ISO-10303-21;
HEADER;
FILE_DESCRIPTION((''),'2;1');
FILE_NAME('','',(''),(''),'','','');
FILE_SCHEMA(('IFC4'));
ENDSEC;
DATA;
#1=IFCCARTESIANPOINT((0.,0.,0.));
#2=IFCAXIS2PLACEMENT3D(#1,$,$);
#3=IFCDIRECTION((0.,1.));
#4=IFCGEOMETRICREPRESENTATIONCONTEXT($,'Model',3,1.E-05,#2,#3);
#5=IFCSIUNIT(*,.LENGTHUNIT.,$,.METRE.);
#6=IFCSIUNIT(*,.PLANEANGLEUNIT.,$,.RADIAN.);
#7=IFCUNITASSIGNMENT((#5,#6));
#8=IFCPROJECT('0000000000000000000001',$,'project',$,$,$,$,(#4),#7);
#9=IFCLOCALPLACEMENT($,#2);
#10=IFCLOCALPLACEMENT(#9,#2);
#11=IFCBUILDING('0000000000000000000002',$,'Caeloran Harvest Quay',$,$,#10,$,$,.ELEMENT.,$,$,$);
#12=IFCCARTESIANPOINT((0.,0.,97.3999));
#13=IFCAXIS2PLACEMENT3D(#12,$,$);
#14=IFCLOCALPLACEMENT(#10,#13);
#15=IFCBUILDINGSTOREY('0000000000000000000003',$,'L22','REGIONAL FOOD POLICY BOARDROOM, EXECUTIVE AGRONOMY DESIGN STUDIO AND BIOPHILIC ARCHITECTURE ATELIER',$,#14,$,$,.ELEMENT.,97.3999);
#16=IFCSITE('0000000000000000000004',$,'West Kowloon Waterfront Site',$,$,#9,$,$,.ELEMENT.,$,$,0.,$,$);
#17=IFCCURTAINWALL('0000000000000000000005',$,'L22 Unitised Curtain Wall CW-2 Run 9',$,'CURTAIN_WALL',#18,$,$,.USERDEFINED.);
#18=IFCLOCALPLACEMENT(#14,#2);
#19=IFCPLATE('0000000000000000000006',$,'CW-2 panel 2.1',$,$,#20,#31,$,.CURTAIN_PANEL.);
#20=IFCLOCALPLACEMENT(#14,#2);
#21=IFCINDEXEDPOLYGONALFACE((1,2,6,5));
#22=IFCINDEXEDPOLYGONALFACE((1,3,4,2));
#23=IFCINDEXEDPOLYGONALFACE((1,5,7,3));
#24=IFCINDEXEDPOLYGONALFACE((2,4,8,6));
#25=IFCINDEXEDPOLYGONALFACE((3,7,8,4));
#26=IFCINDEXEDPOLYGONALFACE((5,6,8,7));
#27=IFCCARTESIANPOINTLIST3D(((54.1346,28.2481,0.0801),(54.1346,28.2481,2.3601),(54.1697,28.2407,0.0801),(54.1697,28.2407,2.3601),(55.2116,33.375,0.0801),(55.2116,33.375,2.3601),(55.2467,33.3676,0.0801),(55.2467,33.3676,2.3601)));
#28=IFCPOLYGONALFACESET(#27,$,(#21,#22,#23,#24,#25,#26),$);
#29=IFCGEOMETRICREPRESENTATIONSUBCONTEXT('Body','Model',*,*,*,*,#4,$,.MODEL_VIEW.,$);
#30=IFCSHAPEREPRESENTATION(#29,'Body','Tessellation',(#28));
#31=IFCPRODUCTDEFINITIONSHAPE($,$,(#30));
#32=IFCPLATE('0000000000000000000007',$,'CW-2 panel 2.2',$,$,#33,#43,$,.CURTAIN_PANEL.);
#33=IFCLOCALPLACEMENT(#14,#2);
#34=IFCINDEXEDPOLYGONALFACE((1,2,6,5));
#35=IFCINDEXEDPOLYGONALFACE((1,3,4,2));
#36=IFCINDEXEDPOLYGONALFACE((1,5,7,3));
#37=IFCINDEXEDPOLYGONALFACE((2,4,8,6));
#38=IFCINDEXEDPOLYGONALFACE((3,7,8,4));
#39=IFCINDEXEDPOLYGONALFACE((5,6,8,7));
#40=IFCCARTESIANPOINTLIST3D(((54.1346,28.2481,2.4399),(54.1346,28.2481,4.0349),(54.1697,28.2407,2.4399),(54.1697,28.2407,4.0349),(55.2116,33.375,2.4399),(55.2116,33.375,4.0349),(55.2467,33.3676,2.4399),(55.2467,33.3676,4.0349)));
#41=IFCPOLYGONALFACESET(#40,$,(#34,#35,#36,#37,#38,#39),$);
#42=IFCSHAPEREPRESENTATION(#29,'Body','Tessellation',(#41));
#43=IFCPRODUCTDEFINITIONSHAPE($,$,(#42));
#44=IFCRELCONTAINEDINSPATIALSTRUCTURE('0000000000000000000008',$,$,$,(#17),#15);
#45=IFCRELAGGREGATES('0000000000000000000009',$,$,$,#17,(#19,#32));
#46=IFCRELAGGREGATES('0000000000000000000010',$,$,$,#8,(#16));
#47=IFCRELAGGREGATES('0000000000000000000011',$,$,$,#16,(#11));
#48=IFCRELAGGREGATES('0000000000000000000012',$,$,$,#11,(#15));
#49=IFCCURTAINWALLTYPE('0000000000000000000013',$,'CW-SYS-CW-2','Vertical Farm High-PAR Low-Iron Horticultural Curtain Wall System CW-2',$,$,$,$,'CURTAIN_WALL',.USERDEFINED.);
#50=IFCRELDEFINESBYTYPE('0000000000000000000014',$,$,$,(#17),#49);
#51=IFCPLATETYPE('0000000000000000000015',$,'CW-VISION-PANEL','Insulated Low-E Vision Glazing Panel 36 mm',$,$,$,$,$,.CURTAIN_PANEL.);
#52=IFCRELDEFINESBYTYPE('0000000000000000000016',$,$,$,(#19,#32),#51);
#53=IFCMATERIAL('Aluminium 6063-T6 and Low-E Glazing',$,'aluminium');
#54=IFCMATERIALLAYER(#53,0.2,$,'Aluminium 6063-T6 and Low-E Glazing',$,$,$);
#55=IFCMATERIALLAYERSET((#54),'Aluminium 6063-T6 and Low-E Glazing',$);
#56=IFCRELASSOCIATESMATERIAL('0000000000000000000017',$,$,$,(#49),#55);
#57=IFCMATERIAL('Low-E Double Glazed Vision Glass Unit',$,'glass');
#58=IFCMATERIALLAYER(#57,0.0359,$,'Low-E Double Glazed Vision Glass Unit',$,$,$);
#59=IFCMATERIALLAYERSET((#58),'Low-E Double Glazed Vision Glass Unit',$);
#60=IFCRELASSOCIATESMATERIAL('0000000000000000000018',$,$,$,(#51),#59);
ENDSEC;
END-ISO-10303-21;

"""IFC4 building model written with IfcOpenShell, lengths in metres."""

from ifc_helpers import new_model, si_unit, direction, frame, origin, origin_2d, place, context, subcontext, project, spatial, rectangle, extrude, material, layer, layer_set, type_object, element, aggregate, save


model = new_model("IFC4")

# Units and contexts
model_context = context("Model", 3, precision=1e-05, world=origin(), true_north=direction((0.0, 1.0)))
body_context = subcontext(model_context, "Body", "Model", "MODEL_VIEW")
ifc_project = project(units=[si_unit("LENGTHUNIT", "METRE"), si_unit("PLANEANGLEUNIT", "RADIAN")], contexts=[model_context])

# Site, building, storey
site_placement = place(None, origin())
site = spatial("IfcSite", under=ifc_project, at=site_placement, Name="West Kowloon Waterfront Site", CompositionType="ELEMENT", RefElevation=0.0)
building_placement = place(site_placement, origin())
building = spatial("IfcBuilding", under=site, at=building_placement, Name="Caeloran Harvest Quay", CompositionType="ELEMENT")
storey_placement = place(building_placement, frame((0.0, 0.0, 97.3999)))
storey = spatial("IfcBuildingStorey", under=building, at=storey_placement, Name="L22", Description="REGIONAL FOOD POLICY BOARDROOM, EXECUTIVE AGRONOMY DESIGN STUDIO AND BIOPHILIC ARCHITECTURE ATELIER", CompositionType="ELEMENT", Elevation=97.3999)

# Curtain wall, plates
ifc_material_1 = material(Name="Aluminium 6063-T6 and Low-E Glazing", Category="aluminium")
ifc_layer_1 = layer(ifc_material_1, 0.2, Name="Aluminium 6063-T6 and Low-E Glazing")
ifc_layer_set_1 = layer_set([ifc_layer_1], Name="Aluminium 6063-T6 and Low-E Glazing")
curtain_wall_type = type_object("IfcCurtainWallType", Name="CW-SYS-CW-2", Description="Vertical Farm High-PAR Low-Iron Horticultural Curtain Wall System CW-2", ElementType="CURTAIN_WALL", PredefinedType="USERDEFINED", material=ifc_layer_set_1)
curtain_wall_placement = place(storey_placement, origin())
curtain_wall = element("IfcCurtainWall", 1, at=curtain_wall_placement, inside=storey, type_object=curtain_wall_type, Name="L22 Unitised Curtain Wall CW-2 Run 9", ObjectType="CURTAIN_WALL", PredefinedType="USERDEFINED")
ifc_material_2 = material(Name="Low-E Double Glazed Vision Glass Unit", Category="glass")
ifc_layer_2 = layer(ifc_material_2, 0.0359, Name="Low-E Double Glazed Vision Glass Unit")
ifc_layer_set_2 = layer_set([ifc_layer_2], Name="Low-E Double Glazed Vision Glass Unit")
plate_type = type_object("IfcPlateType", Name="CW-VISION-PANEL", Description="Insulated Low-E Vision Glazing Panel 36 mm", PredefinedType="CURTAIN_PANEL", material=ifc_layer_set_2)
plate_1_placement = place(storey_placement, frame((54.6907, 30.8079, 0.0801), z_axis=(0.0, 0.0, 1.0), x_axis=(-0.205583, -0.97864, 0.0)))
plate_1 = element("IfcPlate", 2, at=plate_1_placement, type_object=plate_type, Name="CW-2 panel 2.1", PredefinedType="CURTAIN_PANEL", context=body_context, shape_type="SweptSolid", body=[
    extrude(rectangle(XDim=5.2388, YDim=0.0359, at=origin_2d()), origin(), (0.0, 0.0, 1.0), 2.28),
])
plate_2_placement = place(storey_placement, frame((54.6907, 30.8079, 2.4399), z_axis=(0.0, 0.0, 1.0), x_axis=(-0.205583, -0.97864, 0.0)))
plate_2 = element("IfcPlate", 3, at=plate_2_placement, type_object=plate_type, Name="CW-2 panel 2.2", PredefinedType="CURTAIN_PANEL", context=body_context, shape_type="SweptSolid", body=[
    extrude(rectangle(XDim=5.2388, YDim=0.0359, at=origin_2d()), origin(), (0.0, 0.0, 1.0), 1.595),
])
aggregate(curtain_wall, [plate_1, plate_2])

save(model, "model.ifc")
